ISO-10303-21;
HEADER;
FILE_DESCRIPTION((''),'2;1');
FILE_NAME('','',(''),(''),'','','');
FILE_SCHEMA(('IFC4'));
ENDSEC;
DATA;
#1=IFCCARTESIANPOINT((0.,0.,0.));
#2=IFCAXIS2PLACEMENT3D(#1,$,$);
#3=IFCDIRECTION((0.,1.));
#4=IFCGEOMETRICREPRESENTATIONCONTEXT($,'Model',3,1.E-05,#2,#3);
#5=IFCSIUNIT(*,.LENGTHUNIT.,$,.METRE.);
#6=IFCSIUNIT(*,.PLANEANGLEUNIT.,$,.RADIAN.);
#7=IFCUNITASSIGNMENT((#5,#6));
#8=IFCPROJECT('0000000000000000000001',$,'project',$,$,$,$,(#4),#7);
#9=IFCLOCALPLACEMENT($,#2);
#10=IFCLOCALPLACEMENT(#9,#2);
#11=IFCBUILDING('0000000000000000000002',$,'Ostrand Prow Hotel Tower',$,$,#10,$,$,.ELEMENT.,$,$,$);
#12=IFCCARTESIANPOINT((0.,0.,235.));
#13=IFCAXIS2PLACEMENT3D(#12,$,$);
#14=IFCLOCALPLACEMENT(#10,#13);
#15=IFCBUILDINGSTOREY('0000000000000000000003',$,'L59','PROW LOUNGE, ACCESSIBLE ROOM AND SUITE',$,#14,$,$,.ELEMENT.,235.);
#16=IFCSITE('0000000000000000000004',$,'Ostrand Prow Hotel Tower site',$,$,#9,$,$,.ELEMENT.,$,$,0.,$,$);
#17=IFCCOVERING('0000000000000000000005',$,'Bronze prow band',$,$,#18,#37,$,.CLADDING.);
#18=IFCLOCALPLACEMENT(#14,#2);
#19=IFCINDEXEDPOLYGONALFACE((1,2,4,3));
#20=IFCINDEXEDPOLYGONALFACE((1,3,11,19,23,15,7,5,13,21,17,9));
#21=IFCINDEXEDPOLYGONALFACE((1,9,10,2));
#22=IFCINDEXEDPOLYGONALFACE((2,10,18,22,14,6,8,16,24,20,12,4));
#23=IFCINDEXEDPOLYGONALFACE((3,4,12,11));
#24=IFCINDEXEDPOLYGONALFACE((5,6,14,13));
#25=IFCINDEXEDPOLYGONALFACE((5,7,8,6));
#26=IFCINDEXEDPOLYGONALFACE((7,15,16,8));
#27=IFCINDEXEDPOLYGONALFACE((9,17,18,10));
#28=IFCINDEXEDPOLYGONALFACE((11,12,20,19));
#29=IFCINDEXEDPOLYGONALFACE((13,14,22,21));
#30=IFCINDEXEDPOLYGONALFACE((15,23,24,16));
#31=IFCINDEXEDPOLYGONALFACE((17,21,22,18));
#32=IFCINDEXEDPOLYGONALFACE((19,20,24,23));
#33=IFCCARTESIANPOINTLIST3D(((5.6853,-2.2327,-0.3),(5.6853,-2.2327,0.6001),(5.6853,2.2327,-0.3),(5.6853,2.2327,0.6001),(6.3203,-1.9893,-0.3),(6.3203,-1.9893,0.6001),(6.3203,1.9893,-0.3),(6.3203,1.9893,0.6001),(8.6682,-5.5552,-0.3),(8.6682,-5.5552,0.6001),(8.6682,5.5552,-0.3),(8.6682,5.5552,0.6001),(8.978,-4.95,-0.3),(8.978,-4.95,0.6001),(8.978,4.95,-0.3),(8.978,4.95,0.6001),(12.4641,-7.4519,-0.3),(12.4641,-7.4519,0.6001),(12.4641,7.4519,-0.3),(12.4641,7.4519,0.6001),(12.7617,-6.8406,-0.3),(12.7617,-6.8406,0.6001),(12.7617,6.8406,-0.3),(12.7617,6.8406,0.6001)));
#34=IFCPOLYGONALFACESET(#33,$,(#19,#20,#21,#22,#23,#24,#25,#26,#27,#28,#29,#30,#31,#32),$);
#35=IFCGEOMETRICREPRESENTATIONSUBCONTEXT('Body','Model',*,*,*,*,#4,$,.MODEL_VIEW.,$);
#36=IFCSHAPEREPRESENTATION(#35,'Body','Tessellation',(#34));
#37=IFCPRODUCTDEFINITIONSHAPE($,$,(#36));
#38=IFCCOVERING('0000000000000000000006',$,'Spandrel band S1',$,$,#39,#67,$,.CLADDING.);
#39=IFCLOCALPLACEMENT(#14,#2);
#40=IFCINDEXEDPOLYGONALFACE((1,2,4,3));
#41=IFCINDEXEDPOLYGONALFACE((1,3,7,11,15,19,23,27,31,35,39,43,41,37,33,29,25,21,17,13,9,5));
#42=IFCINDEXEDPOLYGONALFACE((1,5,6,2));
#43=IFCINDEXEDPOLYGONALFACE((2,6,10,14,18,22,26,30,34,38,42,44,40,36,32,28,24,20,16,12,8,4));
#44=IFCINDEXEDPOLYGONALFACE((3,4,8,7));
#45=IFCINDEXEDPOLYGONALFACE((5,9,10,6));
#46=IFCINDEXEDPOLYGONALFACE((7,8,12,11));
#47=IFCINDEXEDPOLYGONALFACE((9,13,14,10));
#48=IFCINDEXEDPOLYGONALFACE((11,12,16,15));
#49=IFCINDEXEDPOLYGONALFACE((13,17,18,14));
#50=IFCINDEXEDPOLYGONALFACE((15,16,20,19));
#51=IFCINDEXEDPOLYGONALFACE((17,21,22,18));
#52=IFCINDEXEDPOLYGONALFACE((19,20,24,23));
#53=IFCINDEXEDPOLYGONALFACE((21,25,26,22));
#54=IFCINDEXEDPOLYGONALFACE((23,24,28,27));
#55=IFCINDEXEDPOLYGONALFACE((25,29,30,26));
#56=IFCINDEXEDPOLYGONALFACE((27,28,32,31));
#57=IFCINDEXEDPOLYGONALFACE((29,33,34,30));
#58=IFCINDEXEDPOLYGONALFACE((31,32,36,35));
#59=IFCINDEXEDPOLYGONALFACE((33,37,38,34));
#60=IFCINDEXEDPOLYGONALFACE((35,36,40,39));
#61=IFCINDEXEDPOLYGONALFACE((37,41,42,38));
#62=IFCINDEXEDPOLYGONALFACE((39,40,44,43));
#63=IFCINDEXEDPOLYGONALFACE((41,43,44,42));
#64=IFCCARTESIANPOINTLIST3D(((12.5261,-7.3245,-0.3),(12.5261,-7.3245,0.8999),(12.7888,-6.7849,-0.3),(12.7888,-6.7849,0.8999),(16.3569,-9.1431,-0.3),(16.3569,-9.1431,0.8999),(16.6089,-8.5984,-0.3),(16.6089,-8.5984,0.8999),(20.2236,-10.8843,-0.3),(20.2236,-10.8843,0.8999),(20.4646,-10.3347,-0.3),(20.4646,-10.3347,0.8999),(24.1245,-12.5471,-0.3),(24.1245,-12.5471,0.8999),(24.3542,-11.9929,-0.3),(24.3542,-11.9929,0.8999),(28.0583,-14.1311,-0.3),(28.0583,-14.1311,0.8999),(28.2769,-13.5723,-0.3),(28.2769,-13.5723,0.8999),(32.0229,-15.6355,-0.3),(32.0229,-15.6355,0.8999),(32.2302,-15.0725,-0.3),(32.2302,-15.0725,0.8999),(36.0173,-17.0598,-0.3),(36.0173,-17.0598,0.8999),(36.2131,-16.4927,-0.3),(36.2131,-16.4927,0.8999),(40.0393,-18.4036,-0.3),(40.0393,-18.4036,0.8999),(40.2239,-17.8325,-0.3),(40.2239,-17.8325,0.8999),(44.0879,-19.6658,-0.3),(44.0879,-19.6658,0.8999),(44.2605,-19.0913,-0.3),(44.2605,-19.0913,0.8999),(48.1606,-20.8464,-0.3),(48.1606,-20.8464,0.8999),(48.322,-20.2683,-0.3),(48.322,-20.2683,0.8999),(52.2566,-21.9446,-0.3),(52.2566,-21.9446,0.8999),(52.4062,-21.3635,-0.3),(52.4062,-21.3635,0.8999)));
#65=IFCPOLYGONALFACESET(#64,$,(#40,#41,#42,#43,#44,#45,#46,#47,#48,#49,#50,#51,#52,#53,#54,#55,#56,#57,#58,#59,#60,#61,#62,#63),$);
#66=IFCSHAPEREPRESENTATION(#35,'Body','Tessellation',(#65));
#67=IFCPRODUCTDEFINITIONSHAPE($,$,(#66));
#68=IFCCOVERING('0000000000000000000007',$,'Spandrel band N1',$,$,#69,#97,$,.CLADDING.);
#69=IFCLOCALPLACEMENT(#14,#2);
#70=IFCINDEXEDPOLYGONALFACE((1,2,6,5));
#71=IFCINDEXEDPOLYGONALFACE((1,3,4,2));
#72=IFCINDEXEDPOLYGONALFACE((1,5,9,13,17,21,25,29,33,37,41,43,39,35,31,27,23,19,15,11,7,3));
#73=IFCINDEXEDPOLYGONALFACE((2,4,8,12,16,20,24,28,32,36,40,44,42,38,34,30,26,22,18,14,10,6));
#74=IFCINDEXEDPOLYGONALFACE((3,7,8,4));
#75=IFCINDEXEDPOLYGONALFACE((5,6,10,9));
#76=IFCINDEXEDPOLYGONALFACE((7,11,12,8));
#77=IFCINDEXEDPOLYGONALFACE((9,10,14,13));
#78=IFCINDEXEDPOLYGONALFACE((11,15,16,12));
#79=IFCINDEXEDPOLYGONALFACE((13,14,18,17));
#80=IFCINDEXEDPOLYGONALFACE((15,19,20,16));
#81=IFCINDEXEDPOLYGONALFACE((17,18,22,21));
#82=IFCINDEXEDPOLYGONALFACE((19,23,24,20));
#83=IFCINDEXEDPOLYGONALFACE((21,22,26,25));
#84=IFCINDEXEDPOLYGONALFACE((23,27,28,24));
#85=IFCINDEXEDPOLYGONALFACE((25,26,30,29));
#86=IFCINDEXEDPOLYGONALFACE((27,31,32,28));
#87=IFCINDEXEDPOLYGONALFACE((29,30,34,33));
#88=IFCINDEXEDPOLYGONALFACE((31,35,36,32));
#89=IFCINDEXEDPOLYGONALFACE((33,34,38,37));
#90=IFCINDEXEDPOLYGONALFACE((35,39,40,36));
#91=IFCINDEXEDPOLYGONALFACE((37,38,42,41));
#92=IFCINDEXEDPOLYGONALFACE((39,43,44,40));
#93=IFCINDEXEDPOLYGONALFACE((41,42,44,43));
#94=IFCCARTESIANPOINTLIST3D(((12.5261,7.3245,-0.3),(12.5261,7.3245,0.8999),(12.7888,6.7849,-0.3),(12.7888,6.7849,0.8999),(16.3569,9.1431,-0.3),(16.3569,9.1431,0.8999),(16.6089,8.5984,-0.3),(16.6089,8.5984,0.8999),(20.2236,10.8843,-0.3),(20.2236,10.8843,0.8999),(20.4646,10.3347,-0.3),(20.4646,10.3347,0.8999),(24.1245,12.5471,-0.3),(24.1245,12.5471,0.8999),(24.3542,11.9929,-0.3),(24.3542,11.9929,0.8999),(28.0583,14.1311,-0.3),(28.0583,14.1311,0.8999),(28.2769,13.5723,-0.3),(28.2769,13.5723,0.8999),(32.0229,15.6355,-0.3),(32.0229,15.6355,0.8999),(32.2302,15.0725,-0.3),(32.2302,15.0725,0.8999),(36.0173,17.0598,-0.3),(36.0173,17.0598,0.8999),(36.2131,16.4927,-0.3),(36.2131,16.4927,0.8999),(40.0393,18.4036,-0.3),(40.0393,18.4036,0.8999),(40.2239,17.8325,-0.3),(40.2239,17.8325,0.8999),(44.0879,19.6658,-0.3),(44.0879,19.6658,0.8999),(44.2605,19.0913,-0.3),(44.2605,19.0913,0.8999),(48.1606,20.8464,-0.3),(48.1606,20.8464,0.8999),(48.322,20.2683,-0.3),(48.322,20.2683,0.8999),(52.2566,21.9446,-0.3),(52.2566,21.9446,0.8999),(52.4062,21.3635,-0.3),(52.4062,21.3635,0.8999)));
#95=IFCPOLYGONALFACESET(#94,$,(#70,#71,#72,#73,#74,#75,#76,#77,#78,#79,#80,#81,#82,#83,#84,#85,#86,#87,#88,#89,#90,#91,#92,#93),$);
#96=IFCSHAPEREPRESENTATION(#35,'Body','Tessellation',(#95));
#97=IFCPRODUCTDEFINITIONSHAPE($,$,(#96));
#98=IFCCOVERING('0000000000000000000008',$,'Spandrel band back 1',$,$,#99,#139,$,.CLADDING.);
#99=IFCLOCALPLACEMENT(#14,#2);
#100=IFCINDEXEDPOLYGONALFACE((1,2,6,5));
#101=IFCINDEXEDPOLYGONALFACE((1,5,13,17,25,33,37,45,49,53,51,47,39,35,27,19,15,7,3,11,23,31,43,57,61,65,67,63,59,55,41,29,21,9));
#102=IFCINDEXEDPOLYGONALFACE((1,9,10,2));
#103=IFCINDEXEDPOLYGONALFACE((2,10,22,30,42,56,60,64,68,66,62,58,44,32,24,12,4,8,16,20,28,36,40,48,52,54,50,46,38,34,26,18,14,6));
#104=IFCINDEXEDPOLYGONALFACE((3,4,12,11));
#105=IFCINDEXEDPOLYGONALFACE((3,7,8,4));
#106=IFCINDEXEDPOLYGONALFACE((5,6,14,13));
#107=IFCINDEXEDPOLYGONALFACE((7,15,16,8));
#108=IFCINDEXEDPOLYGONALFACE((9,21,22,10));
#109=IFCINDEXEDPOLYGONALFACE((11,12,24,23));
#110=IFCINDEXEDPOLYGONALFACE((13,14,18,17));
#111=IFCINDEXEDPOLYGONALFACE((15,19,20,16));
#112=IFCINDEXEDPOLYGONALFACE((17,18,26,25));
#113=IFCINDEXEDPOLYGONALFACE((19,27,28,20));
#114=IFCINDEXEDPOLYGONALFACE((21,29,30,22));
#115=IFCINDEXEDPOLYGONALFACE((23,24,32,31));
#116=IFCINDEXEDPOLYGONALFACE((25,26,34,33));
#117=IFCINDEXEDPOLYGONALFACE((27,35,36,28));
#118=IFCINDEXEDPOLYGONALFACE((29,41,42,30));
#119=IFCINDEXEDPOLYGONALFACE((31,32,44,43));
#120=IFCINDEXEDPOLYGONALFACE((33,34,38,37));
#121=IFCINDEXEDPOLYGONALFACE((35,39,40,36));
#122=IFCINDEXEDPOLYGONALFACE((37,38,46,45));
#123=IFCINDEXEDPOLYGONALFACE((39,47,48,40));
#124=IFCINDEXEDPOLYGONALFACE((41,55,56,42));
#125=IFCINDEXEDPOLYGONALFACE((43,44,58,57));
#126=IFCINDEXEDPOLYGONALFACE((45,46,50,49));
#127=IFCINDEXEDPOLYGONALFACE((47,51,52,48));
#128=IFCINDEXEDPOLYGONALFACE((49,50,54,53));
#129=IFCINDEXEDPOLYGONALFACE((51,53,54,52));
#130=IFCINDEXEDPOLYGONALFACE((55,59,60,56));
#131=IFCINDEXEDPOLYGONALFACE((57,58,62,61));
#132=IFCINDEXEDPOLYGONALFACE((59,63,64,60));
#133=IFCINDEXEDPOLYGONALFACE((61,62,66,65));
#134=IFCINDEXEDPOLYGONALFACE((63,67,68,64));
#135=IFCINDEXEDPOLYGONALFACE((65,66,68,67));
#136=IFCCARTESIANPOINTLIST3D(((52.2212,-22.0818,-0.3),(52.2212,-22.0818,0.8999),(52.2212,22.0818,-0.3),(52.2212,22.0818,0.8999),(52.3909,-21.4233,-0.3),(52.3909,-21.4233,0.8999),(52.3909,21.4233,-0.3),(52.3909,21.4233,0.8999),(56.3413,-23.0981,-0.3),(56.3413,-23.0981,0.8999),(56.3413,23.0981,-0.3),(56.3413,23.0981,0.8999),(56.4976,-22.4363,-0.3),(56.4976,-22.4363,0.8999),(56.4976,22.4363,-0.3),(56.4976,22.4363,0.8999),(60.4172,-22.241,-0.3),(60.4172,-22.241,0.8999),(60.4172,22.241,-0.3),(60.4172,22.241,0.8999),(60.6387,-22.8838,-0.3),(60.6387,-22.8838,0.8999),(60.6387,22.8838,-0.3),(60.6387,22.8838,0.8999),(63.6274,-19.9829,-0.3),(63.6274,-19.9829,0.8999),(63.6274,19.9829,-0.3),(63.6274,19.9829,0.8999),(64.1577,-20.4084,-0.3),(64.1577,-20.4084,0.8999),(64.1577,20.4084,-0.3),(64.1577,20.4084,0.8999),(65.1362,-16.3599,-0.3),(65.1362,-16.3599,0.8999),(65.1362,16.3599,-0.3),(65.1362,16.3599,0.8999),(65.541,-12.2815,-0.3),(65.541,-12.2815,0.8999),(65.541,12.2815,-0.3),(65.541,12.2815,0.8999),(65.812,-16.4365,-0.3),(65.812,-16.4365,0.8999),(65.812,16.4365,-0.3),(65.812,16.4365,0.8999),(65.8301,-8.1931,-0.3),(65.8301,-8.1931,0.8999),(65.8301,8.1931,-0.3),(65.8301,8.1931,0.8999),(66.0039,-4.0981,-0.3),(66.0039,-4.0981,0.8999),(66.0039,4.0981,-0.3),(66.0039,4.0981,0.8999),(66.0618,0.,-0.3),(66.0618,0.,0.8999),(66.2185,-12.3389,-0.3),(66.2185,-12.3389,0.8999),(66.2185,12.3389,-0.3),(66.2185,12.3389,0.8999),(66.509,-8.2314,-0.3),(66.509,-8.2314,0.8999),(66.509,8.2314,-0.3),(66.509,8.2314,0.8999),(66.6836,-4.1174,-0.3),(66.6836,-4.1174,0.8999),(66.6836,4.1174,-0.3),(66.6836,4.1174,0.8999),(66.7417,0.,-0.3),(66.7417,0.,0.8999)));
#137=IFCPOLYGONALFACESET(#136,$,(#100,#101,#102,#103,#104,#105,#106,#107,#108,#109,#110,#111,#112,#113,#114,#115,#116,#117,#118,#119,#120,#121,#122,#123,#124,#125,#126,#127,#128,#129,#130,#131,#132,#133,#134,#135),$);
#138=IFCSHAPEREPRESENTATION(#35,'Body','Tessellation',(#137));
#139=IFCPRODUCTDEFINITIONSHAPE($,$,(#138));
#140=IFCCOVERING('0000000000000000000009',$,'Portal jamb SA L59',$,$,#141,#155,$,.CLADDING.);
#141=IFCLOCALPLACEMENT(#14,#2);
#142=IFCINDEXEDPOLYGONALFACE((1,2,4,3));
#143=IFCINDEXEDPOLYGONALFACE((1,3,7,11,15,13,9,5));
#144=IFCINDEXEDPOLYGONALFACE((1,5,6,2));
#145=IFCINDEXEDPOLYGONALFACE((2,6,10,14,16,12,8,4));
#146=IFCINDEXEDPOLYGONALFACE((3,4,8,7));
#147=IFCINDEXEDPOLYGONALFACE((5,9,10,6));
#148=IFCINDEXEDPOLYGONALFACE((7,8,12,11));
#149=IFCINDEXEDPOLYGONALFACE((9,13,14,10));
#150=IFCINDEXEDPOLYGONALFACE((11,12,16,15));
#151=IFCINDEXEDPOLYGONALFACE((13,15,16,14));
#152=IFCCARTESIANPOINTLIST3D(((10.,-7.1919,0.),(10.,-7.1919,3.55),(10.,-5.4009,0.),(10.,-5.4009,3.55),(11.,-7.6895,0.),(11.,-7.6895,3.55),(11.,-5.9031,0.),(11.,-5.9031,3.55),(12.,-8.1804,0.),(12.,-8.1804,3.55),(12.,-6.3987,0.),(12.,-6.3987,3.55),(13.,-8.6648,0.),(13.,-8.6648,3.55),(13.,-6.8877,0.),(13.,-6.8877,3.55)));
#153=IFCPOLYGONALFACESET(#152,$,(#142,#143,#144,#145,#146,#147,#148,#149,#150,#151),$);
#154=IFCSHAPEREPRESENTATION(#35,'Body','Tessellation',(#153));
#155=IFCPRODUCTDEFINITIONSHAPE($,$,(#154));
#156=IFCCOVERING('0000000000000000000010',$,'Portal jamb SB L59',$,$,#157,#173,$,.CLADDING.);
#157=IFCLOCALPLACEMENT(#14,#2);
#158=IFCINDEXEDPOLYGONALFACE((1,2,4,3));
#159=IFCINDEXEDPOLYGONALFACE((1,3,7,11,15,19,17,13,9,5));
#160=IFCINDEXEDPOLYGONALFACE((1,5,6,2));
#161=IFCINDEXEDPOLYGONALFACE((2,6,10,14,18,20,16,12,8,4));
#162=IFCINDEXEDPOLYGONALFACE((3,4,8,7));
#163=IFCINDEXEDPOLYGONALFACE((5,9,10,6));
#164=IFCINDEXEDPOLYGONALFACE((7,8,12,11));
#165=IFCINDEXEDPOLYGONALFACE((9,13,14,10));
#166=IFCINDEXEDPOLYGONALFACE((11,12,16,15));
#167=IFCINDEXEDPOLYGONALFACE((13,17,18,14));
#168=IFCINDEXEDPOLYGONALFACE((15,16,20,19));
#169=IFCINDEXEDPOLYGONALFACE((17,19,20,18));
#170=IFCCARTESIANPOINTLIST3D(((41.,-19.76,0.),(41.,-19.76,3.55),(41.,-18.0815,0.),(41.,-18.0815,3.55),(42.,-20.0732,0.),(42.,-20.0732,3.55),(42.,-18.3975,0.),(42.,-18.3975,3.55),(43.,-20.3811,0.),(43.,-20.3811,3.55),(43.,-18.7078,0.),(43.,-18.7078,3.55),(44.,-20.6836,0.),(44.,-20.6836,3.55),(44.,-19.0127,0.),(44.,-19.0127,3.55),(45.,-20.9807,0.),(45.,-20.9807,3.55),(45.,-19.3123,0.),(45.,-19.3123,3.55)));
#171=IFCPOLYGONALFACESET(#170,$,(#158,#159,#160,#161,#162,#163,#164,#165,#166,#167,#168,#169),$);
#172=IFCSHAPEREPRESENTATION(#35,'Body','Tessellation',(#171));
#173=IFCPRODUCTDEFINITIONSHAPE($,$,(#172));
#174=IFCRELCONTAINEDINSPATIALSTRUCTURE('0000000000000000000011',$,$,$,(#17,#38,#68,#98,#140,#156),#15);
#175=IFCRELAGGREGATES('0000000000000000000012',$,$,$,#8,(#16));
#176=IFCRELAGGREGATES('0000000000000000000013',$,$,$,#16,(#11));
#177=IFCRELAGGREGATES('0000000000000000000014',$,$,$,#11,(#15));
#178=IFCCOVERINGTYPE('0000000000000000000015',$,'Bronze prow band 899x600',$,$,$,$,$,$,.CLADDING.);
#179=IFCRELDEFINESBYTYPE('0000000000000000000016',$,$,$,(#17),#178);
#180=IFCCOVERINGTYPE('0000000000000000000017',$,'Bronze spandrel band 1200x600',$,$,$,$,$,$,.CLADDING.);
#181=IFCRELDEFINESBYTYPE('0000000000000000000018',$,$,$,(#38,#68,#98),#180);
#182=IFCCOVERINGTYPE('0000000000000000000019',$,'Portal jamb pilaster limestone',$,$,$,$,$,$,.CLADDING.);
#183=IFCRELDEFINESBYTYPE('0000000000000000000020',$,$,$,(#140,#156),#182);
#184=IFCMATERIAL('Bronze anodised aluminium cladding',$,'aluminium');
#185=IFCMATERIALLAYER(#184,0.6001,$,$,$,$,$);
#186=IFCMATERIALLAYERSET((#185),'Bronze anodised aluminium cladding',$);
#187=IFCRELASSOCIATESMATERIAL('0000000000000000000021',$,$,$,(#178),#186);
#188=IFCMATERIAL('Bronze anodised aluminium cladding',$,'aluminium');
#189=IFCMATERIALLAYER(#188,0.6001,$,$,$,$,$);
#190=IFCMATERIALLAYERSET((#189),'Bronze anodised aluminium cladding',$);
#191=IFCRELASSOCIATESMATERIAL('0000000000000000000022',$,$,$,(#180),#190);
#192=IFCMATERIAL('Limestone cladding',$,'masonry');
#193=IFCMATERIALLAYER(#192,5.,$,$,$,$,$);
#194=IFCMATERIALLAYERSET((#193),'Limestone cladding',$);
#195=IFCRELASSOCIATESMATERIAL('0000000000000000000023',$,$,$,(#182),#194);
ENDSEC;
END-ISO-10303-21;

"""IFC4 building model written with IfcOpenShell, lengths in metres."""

from ifc_helpers import new_model, si_unit, direction, frame, origin, place, context, subcontext, project, spatial, polyline, outline, extrude, material, layer, layer_set, type_object, element, save


model = new_model("IFC4")

# Units and contexts
model_context = context("Model", 3, precision=1e-05, world=origin(), true_north=direction((0.0, 1.0)))
body_context = subcontext(model_context, "Body", "Model", "MODEL_VIEW")
ifc_project = project(units=[si_unit("LENGTHUNIT", "METRE"), si_unit("PLANEANGLEUNIT", "RADIAN")], contexts=[model_context])

# Site, building, storey
site_placement = place(None, origin())
site = spatial("IfcSite", under=ifc_project, at=site_placement, Name="Ostrand Prow Hotel Tower site", CompositionType="ELEMENT", RefElevation=0.0)
building_placement = place(site_placement, origin())
building = spatial("IfcBuilding", under=site, at=building_placement, Name="Ostrand Prow Hotel Tower", CompositionType="ELEMENT")
storey_placement = place(building_placement, frame((0.0, 0.0, 235.0)))
storey = spatial("IfcBuildingStorey", under=building, at=storey_placement, Name="L59", Description="PROW LOUNGE, ACCESSIBLE ROOM AND SUITE", CompositionType="ELEMENT", Elevation=235.0)

# Coverings
ifc_material_1 = material(Name="Bronze anodised aluminium cladding", Category="aluminium")
ifc_layer_1 = layer(ifc_material_1, 0.6001)
ifc_layer_set_1 = layer_set([ifc_layer_1], Name="Bronze anodised aluminium cladding")
covering_type_1 = type_object("IfcCoveringType", Name="Bronze prow band 899x600", PredefinedType="CLADDING", material=ifc_layer_set_1)
covering_1_placement = place(storey_placement, frame((0.0, 0.0, -0.3)))
element("IfcCovering", 1, at=covering_1_placement, inside=storey, type_object=covering_type_1, Name="Bronze prow band", PredefinedType="CLADDING", context=body_context, shape_type="SweptSolid", body=[
    extrude(outline(polyline([(12.4641, 7.4519), (8.6682, 5.5552), (5.6853, 2.2327), (5.6853, -2.2327), (8.6682, -5.5552), (12.4641, -7.4519), (12.7617, -6.8406), (8.978, -4.95), (6.3203, -1.9893), (6.3203, 1.9893), (8.978, 4.95), (12.7617, 6.8406), (12.4641, 7.4519)])), origin(), (0.0, 0.0, 1.0), 0.9001),
])
ifc_material_2 = material(Name="Bronze anodised aluminium cladding", Category="aluminium")
ifc_layer_2 = layer(ifc_material_2, 0.6001)
ifc_layer_set_2 = layer_set([ifc_layer_2], Name="Bronze anodised aluminium cladding")
covering_type_2 = type_object("IfcCoveringType", Name="Bronze spandrel band 1200x600", PredefinedType="CLADDING", material=ifc_layer_set_2)
covering_2_placement = place(storey_placement, frame((0.0, 0.0, -0.3)))
element("IfcCovering", 2, at=covering_2_placement, inside=storey, type_object=covering_type_2, Name="Spandrel band S1", PredefinedType="CLADDING", context=body_context, shape_type="SweptSolid", body=[
    extrude(outline(polyline([(12.5261, -7.3245), (16.3569, -9.1431), (20.2236, -10.8843), (24.1245, -12.5471), (28.0583, -14.1311), (32.0229, -15.6355), (36.0173, -17.0598), (40.0393, -18.4036), (44.0879, -19.6658), (48.1606, -20.8464), (52.2566, -21.9446), (52.4062, -21.3635), (48.322, -20.2683), (44.2605, -19.0913), (40.2239, -17.8325), (36.2131, -16.4927), (32.2302, -15.0725), (28.2769, -13.5723), (24.3542, -11.9929), (20.4646, -10.3347), (16.6089, -8.5984), (12.7888, -6.7849), (12.5261, -7.3245)])), origin(), (0.0, 0.0, 1.0), 1.2),
])
covering_3_placement = place(storey_placement, frame((0.0, 0.0, -0.3)))
element("IfcCovering", 3, at=covering_3_placement, inside=storey, type_object=covering_type_2, Name="Spandrel band N1", PredefinedType="CLADDING", context=body_context, shape_type="SweptSolid", body=[
    extrude(outline(polyline([(52.2566, 21.9446), (48.1606, 20.8464), (44.0879, 19.6658), (40.0393, 18.4036), (36.0173, 17.0598), (32.0229, 15.6355), (28.0583, 14.1311), (24.1245, 12.5471), (20.2236, 10.8843), (16.3569, 9.1431), (12.5261, 7.3245), (12.7888, 6.7849), (16.6089, 8.5984), (20.4646, 10.3347), (24.3542, 11.9929), (28.2769, 13.5723), (32.2302, 15.0725), (36.2131, 16.4927), (40.2239, 17.8325), (44.2605, 19.0913), (48.322, 20.2683), (52.4062, 21.3635), (52.2566, 21.9446)])), origin(), (0.0, 0.0, 1.0), 1.2),
])
covering_4_placement = place(storey_placement, frame((0.0, 0.0, -0.3)))
element("IfcCovering", 4, at=covering_4_placement, inside=storey, type_object=covering_type_2, Name="Spandrel band back 1", PredefinedType="CLADDING", context=body_context, shape_type="SweptSolid", body=[
    extrude(outline(polyline([(52.2212, -22.0818), (56.3413, -23.0981), (60.6387, -22.8838), (64.1577, -20.4084), (65.812, -16.4365), (66.2185, -12.3389), (66.509, -8.2314), (66.6836, -4.1174), (66.7417, 0.0), (66.6836, 4.1174), (66.509, 8.2314), (66.2185, 12.3389), (65.812, 16.4365), (64.1577, 20.4084), (60.6387, 22.8838), (56.3413, 23.0981), (52.2212, 22.0818), (52.3909, 21.4233), (56.4976, 22.4363), (60.4172, 22.241), (63.6274, 19.9829), (65.1362, 16.3599), (65.541, 12.2815), (65.8301, 8.1931), (66.0039, 4.0981), (66.0618, 0.0), (66.0039, -4.0981), (65.8301, -8.1931), (65.541, -12.2815), (65.1362, -16.3599), (63.6274, -19.9829), (60.4172, -22.241), (56.4976, -22.4363), (52.3909, -21.4233), (52.2212, -22.0818)])), origin(), (0.0, 0.0, 1.0), 1.2),
])
ifc_material_3 = material(Name="Limestone cladding", Category="masonry")
ifc_layer_3 = layer(ifc_material_3, 5.0)
ifc_layer_set_3 = layer_set([ifc_layer_3], Name="Limestone cladding")
covering_type_3 = type_object("IfcCoveringType", Name="Portal jamb pilaster limestone", PredefinedType="CLADDING", material=ifc_layer_set_3)
covering_5_placement = place(storey_placement, origin())
element("IfcCovering", 5, at=covering_5_placement, inside=storey, type_object=covering_type_3, Name="Portal jamb SA L59", PredefinedType="CLADDING", context=body_context, shape_type="SweptSolid", body=[
    extrude(outline(polyline([(10.0, -5.4009), (10.0, -7.1919), (11.0, -7.6895), (12.0, -8.1804), (13.0, -8.6648), (13.0, -6.8877), (12.0, -6.3987), (11.0, -5.9031), (10.0, -5.4009)])), origin(), (0.0, 0.0, 1.0), 3.55),
])
covering_6_placement = place(storey_placement, origin())
element("IfcCovering", 6, at=covering_6_placement, inside=storey, type_object=covering_type_3, Name="Portal jamb SB L59", PredefinedType="CLADDING", context=body_context, shape_type="SweptSolid", body=[
    extrude(outline(polyline([(41.0, -18.0815), (41.0, -19.76), (42.0, -20.0732), (43.0, -20.3811), (44.0, -20.6836), (45.0, -20.9807), (45.0, -19.3123), (44.0, -19.0127), (43.0, -18.7078), (42.0, -18.3975), (41.0, -18.0815)])), origin(), (0.0, 0.0, 1.0), 3.55),
])

save(model, "model.ifc")
